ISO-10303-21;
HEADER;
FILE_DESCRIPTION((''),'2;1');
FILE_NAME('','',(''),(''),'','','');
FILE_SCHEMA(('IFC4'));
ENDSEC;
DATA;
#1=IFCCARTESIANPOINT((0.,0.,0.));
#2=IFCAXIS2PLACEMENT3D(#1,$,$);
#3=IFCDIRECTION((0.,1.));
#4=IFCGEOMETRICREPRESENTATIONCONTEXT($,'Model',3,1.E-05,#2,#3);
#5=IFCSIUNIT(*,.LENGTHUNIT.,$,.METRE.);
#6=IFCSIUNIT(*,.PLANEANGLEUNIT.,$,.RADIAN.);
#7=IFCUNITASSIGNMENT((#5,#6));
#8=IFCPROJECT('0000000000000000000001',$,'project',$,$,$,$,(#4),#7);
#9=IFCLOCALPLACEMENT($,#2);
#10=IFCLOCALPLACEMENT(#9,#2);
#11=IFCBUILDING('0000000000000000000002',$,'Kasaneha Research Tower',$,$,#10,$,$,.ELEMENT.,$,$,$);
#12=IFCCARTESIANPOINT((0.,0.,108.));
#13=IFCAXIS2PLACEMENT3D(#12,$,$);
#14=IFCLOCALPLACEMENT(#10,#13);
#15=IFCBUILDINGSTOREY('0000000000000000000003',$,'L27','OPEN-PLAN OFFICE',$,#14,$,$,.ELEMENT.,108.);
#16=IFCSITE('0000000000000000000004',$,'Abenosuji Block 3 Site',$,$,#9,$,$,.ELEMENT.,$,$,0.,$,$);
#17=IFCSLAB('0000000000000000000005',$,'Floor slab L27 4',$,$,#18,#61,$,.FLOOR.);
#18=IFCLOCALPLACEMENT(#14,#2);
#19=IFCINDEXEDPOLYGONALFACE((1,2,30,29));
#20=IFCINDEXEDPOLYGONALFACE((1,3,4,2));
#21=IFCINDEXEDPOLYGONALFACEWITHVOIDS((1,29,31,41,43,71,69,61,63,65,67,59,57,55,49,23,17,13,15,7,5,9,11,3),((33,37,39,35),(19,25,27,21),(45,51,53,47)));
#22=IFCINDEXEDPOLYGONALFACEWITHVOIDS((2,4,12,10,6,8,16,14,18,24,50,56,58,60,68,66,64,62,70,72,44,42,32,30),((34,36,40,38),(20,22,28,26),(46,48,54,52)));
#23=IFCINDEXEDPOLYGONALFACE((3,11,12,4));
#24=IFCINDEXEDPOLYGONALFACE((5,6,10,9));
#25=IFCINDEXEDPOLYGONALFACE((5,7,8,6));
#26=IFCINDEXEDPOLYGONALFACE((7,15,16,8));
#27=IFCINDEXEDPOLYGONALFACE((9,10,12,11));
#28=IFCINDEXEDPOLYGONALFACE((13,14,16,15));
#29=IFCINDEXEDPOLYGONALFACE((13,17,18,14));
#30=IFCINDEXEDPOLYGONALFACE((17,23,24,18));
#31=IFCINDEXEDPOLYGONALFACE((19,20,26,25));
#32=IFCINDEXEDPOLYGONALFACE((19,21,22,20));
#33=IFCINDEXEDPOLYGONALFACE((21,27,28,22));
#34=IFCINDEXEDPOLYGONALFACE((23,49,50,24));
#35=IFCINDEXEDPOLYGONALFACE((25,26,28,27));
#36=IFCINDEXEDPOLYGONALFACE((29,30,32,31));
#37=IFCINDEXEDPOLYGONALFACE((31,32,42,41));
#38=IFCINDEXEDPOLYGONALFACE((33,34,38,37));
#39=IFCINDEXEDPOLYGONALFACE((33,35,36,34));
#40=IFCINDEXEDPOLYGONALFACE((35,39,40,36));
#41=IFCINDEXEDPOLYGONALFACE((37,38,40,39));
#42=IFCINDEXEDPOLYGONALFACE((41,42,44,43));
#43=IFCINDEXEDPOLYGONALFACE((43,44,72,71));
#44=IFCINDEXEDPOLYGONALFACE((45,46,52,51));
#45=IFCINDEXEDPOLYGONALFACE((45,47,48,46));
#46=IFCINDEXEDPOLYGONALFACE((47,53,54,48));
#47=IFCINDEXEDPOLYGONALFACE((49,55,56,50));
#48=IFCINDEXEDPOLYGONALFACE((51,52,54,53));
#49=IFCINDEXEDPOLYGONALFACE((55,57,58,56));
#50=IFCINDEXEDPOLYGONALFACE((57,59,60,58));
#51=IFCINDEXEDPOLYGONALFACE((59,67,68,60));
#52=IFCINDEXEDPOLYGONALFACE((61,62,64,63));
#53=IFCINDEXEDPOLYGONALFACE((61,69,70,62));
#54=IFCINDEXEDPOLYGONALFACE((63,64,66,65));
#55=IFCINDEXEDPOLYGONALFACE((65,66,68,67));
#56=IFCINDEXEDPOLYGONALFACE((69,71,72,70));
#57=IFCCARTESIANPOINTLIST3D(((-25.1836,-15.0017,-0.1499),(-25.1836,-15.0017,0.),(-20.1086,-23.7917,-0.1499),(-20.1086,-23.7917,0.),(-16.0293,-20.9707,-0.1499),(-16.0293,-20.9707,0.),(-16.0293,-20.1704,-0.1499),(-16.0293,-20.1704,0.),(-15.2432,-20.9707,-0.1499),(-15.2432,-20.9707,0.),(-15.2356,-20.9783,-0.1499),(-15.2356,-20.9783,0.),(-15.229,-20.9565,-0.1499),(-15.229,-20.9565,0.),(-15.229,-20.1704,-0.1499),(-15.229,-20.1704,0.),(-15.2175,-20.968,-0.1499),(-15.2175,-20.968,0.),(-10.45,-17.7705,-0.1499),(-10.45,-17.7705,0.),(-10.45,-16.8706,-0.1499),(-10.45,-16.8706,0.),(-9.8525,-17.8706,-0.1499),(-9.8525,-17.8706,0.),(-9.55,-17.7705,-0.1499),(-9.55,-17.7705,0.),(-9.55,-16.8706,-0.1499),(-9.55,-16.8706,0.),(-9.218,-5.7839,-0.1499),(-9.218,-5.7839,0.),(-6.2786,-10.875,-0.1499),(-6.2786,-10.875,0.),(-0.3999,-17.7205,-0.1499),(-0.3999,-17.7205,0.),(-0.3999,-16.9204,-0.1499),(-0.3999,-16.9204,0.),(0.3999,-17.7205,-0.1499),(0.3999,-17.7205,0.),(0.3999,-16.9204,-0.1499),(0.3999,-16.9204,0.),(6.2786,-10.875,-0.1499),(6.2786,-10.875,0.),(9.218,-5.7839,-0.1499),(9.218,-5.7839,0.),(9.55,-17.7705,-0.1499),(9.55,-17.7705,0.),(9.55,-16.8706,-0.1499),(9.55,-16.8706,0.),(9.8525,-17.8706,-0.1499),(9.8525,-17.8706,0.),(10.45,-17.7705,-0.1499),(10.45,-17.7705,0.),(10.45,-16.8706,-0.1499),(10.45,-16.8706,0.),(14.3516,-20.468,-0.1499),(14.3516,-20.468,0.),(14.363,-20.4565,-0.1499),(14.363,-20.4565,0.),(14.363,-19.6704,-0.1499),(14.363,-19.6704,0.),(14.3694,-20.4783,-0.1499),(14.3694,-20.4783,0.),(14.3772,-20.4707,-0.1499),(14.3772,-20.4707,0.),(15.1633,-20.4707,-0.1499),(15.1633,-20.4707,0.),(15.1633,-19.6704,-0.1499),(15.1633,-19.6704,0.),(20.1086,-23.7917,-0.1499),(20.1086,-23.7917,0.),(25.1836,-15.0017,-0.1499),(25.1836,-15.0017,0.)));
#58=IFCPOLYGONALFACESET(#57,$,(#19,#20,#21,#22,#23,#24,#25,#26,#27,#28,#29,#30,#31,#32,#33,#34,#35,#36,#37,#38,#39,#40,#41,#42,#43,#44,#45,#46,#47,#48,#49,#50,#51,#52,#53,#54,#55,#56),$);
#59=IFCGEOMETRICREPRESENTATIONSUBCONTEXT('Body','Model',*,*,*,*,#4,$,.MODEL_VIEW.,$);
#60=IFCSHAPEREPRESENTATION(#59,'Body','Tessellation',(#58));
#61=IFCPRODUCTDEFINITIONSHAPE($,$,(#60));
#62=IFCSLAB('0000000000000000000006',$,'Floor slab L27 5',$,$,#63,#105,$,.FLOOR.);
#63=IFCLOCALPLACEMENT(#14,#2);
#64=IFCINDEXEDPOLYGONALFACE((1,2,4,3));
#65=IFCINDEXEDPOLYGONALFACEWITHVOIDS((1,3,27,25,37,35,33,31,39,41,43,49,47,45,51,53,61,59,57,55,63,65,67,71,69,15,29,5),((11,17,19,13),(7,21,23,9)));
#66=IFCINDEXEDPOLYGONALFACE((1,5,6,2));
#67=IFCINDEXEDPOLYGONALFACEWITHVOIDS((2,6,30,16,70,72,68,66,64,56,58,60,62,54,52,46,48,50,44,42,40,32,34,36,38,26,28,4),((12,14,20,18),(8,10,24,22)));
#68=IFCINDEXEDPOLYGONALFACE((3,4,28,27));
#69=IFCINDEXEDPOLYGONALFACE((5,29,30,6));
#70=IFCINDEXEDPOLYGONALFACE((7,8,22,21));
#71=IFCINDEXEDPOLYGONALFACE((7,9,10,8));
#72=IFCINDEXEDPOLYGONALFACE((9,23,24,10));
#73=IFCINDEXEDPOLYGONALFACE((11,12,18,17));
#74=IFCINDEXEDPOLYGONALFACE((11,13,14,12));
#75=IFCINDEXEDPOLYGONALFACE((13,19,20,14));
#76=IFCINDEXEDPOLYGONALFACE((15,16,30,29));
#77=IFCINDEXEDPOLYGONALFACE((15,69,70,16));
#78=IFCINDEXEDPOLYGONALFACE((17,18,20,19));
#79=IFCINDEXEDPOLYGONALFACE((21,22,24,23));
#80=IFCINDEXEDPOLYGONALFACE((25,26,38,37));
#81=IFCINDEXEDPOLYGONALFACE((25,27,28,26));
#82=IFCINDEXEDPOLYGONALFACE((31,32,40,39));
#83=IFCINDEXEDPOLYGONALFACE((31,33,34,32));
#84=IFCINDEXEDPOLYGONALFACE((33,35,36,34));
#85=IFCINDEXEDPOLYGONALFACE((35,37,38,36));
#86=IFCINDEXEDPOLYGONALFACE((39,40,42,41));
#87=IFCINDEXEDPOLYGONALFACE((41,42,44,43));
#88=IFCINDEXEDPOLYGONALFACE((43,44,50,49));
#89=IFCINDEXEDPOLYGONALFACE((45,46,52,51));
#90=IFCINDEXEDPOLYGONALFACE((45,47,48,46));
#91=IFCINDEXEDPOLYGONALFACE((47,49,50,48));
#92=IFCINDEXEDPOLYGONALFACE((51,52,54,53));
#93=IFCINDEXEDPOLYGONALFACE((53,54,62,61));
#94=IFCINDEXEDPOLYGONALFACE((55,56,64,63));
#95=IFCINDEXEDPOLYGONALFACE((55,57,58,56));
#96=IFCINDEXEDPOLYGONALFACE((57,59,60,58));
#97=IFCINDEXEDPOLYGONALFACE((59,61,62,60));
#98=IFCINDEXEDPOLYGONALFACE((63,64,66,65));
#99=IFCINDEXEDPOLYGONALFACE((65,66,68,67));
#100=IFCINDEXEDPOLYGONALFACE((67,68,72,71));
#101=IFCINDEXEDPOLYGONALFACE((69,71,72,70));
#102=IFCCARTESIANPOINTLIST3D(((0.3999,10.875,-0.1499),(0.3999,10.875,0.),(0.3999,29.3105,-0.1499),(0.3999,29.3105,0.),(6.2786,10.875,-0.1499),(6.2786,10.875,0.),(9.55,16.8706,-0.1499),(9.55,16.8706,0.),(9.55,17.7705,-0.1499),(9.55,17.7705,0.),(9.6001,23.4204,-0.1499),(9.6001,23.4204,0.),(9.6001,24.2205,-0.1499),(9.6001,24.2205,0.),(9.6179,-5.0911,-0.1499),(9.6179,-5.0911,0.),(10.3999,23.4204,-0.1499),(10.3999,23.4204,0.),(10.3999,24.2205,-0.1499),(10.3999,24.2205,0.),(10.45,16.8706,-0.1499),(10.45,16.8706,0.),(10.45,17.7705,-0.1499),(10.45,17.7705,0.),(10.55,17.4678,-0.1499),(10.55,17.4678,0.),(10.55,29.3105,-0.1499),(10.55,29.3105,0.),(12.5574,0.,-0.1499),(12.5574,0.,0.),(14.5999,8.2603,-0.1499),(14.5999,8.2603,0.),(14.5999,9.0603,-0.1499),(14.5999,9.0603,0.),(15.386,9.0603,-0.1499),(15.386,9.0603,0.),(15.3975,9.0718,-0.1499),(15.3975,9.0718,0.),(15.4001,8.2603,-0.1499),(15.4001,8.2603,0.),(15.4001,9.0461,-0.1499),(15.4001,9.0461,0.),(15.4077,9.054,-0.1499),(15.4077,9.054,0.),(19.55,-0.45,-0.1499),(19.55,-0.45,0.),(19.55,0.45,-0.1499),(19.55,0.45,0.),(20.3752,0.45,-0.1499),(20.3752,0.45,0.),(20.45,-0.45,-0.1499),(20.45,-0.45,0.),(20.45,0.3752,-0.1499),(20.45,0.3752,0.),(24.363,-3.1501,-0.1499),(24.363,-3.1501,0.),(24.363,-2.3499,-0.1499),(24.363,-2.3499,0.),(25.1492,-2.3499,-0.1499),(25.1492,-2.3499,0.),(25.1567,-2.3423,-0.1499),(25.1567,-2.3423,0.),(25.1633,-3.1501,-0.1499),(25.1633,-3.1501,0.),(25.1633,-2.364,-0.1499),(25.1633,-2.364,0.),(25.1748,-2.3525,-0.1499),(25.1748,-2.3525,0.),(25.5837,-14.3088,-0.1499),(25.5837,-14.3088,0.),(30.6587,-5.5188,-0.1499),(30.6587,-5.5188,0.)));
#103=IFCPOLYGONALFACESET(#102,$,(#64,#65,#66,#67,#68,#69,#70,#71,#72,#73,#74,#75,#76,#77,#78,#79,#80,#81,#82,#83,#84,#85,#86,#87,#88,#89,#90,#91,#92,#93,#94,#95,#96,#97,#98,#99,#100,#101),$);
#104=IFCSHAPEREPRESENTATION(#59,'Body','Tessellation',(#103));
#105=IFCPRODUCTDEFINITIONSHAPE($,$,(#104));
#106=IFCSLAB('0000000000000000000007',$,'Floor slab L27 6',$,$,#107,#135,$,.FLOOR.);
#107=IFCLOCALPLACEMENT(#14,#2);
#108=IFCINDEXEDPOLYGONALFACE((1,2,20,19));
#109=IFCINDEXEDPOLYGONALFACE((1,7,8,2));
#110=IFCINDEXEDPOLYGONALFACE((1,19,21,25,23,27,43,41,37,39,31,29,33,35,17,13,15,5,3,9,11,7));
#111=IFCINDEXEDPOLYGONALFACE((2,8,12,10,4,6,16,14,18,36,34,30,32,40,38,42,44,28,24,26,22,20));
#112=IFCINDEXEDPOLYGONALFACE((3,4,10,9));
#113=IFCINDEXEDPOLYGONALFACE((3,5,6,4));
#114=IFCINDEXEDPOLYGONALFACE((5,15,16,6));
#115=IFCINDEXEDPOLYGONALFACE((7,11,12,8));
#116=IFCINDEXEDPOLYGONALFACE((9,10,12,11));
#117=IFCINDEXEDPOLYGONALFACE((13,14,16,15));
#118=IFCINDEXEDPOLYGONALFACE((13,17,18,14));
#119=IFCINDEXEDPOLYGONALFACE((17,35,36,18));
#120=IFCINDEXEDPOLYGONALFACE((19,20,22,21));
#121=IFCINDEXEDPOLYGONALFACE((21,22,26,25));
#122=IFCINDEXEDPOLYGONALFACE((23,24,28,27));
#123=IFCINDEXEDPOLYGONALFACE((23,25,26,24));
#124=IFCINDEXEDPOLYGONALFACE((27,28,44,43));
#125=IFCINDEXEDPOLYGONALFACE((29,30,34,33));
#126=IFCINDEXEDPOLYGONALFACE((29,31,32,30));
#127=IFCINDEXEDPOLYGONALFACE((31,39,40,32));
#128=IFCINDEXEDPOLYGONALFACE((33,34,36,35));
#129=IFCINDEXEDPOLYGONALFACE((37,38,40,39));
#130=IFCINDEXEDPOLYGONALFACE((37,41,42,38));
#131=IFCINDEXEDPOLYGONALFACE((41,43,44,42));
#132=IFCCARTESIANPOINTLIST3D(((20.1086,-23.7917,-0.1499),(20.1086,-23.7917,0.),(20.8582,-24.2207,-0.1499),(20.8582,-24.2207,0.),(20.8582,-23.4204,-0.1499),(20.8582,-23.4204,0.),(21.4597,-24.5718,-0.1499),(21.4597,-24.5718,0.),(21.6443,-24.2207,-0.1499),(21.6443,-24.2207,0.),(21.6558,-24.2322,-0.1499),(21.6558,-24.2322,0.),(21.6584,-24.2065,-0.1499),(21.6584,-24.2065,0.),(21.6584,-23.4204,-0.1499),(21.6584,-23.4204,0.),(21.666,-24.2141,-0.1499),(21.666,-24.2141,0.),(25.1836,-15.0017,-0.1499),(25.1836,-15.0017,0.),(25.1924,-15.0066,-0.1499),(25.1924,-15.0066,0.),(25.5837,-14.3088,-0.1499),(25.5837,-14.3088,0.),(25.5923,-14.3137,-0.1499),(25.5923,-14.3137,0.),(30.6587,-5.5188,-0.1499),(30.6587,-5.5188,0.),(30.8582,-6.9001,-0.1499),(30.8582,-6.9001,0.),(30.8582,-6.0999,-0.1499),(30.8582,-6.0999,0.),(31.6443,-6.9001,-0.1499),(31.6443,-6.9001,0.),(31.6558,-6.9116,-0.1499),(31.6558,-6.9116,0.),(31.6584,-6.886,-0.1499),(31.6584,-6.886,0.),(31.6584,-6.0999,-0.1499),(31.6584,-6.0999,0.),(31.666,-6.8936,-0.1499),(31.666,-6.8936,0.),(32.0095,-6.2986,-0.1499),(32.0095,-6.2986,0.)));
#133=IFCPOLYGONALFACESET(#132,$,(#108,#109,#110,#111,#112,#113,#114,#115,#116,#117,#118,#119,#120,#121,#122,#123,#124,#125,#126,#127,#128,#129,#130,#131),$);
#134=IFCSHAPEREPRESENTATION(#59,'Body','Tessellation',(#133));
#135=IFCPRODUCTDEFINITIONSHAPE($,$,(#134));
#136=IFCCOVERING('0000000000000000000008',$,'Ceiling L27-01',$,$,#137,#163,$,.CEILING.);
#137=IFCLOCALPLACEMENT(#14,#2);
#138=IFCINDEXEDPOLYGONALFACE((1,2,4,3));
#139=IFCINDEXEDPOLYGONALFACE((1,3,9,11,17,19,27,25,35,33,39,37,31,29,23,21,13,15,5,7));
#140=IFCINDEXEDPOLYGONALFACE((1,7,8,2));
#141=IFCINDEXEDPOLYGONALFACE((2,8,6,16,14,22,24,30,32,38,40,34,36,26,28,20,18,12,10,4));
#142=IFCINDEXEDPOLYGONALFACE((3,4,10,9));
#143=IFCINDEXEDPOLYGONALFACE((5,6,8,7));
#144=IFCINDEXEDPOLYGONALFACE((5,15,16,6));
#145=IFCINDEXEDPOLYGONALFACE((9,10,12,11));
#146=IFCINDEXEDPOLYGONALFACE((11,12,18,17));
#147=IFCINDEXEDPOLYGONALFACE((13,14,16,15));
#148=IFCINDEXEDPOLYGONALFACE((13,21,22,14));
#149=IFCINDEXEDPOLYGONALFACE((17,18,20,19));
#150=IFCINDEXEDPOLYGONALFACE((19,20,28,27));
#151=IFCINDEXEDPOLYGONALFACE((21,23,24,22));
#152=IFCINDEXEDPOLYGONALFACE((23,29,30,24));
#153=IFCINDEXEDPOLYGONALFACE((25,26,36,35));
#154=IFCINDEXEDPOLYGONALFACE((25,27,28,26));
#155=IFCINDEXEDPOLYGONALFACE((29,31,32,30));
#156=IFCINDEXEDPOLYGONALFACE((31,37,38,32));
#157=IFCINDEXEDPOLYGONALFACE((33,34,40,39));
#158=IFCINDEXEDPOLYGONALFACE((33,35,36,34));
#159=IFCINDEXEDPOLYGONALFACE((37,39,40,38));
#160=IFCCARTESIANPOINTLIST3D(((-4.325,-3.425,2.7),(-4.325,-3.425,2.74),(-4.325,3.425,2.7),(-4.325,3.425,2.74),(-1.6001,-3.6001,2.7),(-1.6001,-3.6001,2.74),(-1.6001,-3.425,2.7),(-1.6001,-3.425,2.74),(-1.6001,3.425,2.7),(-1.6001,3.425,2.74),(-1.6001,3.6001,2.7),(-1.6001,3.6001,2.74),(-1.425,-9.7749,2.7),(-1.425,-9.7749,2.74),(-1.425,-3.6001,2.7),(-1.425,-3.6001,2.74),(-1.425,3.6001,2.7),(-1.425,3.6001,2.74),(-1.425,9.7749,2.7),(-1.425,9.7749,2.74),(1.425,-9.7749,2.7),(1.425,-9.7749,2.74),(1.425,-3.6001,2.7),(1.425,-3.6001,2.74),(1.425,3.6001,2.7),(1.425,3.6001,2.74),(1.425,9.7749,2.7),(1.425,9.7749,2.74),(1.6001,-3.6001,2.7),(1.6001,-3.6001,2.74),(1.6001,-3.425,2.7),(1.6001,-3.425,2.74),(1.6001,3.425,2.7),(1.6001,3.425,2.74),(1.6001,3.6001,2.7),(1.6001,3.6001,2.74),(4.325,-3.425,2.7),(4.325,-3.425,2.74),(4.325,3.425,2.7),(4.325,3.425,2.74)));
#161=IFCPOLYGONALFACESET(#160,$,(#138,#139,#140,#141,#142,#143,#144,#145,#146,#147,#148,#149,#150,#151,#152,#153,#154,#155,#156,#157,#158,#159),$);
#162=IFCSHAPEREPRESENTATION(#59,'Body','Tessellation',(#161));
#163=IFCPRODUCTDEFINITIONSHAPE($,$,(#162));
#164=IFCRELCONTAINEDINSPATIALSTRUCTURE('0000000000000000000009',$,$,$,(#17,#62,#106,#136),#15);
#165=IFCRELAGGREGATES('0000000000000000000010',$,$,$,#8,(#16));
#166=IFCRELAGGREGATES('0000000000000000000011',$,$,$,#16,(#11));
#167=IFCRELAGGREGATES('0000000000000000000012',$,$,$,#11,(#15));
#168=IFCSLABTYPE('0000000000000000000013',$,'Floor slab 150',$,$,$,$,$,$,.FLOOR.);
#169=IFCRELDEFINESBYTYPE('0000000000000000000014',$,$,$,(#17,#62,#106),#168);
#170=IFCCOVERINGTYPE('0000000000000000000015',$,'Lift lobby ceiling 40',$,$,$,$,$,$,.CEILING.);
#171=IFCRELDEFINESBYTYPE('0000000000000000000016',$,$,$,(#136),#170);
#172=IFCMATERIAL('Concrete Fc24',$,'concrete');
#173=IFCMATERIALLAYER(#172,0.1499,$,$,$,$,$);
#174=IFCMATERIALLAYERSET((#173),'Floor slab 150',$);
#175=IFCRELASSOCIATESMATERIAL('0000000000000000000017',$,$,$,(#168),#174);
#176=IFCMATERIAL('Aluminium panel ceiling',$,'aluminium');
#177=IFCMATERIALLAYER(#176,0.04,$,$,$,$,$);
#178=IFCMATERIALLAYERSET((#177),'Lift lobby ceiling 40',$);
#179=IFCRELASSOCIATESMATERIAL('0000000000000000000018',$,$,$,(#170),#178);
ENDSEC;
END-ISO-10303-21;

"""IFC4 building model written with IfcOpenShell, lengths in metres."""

from ifc_helpers import new_model, si_unit, direction, frame, origin, place, context, subcontext, project, spatial, polyline, outline, extrude, material, layer, layer_set, type_object, element, save


model = new_model("IFC4")

# Units and contexts
model_context = context("Model", 3, precision=1e-05, world=origin(), true_north=direction((0.0, 1.0)))
body_context = subcontext(model_context, "Body", "Model", "MODEL_VIEW")
ifc_project = project(units=[si_unit("LENGTHUNIT", "METRE"), si_unit("PLANEANGLEUNIT", "RADIAN")], contexts=[model_context])

# Site, building, storey
site_placement = place(None, origin())
site = spatial("IfcSite", under=ifc_project, at=site_placement, Name="Abenosuji Block 3 Site", CompositionType="ELEMENT", RefElevation=0.0)
building_placement = place(site_placement, origin())
building = spatial("IfcBuilding", under=site, at=building_placement, Name="Kasaneha Research Tower", CompositionType="ELEMENT")
storey_placement = place(building_placement, frame((0.0, 0.0, 108.0)))
storey = spatial("IfcBuildingStorey", under=building, at=storey_placement, Name="L27", Description="OPEN-PLAN OFFICE", CompositionType="ELEMENT", Elevation=108.0)

# Slabs
ifc_material_1 = material(Name="Concrete Fc24", Category="concrete")
ifc_layer_1 = layer(ifc_material_1, 0.1499)
ifc_layer_set_1 = layer_set([ifc_layer_1], Name="Floor slab 150")
slab_type_1 = type_object("IfcSlabType", Name="Floor slab 150", PredefinedType="FLOOR", material=ifc_layer_set_1)
slab_1_placement = place(storey_placement, frame((0.0, 0.0, -0.1499)))
element("IfcSlab", 1, at=slab_1_placement, inside=storey, type_object=slab_type_1, Name="Floor slab L27 4", PredefinedType="FLOOR", context=body_context, shape_type="SweptSolid", body=[
    extrude(outline(polyline([(-6.2786, -10.875), (6.2786, -10.875), (9.218, -5.7839), (25.1836, -15.0017), (20.1086, -23.7917), (14.3694, -20.4783), (14.3772, -20.4707), (15.1633, -20.4707), (15.1633, -19.6704), (14.363, -19.6704), (14.363, -20.4565), (14.3516, -20.468), (9.8525, -17.8706), (-9.8525, -17.8706), (-15.2175, -20.968), (-15.229, -20.9565), (-15.229, -20.1704), (-16.0293, -20.1704), (-16.0293, -20.9707), (-15.2432, -20.9707), (-15.2356, -20.9783), (-20.1086, -23.7917), (-25.1836, -15.0017), (-9.218, -5.7839), (-6.2786, -10.875)]), holes=[polyline([(0.3999, -17.7205), (0.3999, -16.9204), (-0.3999, -16.9204), (-0.3999, -17.7205), (0.3999, -17.7205)]), polyline([(-9.55, -16.8706), (-10.45, -16.8706), (-10.45, -17.7705), (-9.55, -17.7705), (-9.55, -16.8706)]), polyline([(10.45, -16.8706), (9.55, -16.8706), (9.55, -17.7705), (10.45, -17.7705), (10.45, -16.8706)])]), origin(), (0.0, 0.0, 1.0), 0.1499),
])
slab_2_placement = place(storey_placement, frame((0.0, 0.0, -0.1499)))
element("IfcSlab", 2, at=slab_2_placement, inside=storey, type_object=slab_type_1, Name="Floor slab L27 5", PredefinedType="FLOOR", context=body_context, shape_type="SweptSolid", body=[
    extrude(outline(polyline([(9.6179, -5.0911), (12.5574, 0.0), (6.2786, 10.875), (0.3999, 10.875), (0.3999, 29.3105), (10.55, 29.3105), (10.55, 17.4678), (15.3975, 9.0718), (15.386, 9.0603), (14.5999, 9.0603), (14.5999, 8.2603), (15.4001, 8.2603), (15.4001, 9.0461), (15.4077, 9.054), (20.3752, 0.45), (19.55, 0.45), (19.55, -0.45), (20.45, -0.45), (20.45, 0.3752), (25.1567, -2.3423), (25.1492, -2.3499), (24.363, -2.3499), (24.363, -3.1501), (25.1633, -3.1501), (25.1633, -2.364), (25.1748, -2.3525), (30.6587, -5.5188), (25.5837, -14.3088), (9.6179, -5.0911)]), holes=[polyline([(10.45, 16.8706), (10.45, 17.7705), (9.55, 17.7705), (9.55, 16.8706), (10.45, 16.8706)]), polyline([(10.3999, 23.4204), (10.3999, 24.2205), (9.6001, 24.2205), (9.6001, 23.4204), (10.3999, 23.4204)])]), origin(), (0.0, 0.0, 1.0), 0.1499),
])
slab_3_placement = place(storey_placement, frame((0.0, 0.0, -0.1499)))
element("IfcSlab", 3, at=slab_3_placement, inside=storey, type_object=slab_type_1, Name="Floor slab L27 6", PredefinedType="FLOOR", context=body_context, shape_type="SweptSolid", body=[
    extrude(outline(polyline([(25.1924, -15.0066), (25.5923, -14.3137), (25.5837, -14.3088), (30.6587, -5.5188), (32.0095, -6.2986), (31.666, -6.8936), (31.6584, -6.886), (31.6584, -6.0999), (30.8582, -6.0999), (30.8582, -6.9001), (31.6443, -6.9001), (31.6558, -6.9116), (21.666, -24.2141), (21.6584, -24.2065), (21.6584, -23.4204), (20.8582, -23.4204), (20.8582, -24.2207), (21.6443, -24.2207), (21.6558, -24.2322), (21.4597, -24.5718), (20.1086, -23.7917), (25.1836, -15.0017), (25.1924, -15.0066)])), origin(), (0.0, 0.0, 1.0), 0.1499),
])

# Covering
ifc_material_2 = material(Name="Aluminium panel ceiling", Category="aluminium")
ifc_layer_2 = layer(ifc_material_2, 0.04)
ifc_layer_set_2 = layer_set([ifc_layer_2], Name="Lift lobby ceiling 40")
covering_type_1 = type_object("IfcCoveringType", Name="Lift lobby ceiling 40", PredefinedType="CEILING", material=ifc_layer_set_2)
covering_1_placement = place(storey_placement, frame((0.0, 0.0, 2.7)))
element("IfcCovering", 4, at=covering_1_placement, inside=storey, type_object=covering_type_1, Name="Ceiling L27-01", PredefinedType="CEILING", context=body_context, shape_type="SweptSolid", body=[
    extrude(outline(polyline([(1.425, 9.7749), (1.425, 3.6001), (1.6001, 3.6001), (1.6001, 3.425), (4.325, 3.425), (4.325, -3.425), (1.6001, -3.425), (1.6001, -3.6001), (1.425, -3.6001), (1.425, -9.7749), (-1.425, -9.7749), (-1.425, -3.6001), (-1.6001, -3.6001), (-1.6001, -3.425), (-4.325, -3.425), (-4.325, 3.425), (-1.6001, 3.425), (-1.6001, 3.6001), (-1.425, 3.6001), (-1.425, 9.7749), (1.425, 9.7749)])), origin(), (0.0, 0.0, 1.0), 0.04),
])

save(model, "model.ifc")
